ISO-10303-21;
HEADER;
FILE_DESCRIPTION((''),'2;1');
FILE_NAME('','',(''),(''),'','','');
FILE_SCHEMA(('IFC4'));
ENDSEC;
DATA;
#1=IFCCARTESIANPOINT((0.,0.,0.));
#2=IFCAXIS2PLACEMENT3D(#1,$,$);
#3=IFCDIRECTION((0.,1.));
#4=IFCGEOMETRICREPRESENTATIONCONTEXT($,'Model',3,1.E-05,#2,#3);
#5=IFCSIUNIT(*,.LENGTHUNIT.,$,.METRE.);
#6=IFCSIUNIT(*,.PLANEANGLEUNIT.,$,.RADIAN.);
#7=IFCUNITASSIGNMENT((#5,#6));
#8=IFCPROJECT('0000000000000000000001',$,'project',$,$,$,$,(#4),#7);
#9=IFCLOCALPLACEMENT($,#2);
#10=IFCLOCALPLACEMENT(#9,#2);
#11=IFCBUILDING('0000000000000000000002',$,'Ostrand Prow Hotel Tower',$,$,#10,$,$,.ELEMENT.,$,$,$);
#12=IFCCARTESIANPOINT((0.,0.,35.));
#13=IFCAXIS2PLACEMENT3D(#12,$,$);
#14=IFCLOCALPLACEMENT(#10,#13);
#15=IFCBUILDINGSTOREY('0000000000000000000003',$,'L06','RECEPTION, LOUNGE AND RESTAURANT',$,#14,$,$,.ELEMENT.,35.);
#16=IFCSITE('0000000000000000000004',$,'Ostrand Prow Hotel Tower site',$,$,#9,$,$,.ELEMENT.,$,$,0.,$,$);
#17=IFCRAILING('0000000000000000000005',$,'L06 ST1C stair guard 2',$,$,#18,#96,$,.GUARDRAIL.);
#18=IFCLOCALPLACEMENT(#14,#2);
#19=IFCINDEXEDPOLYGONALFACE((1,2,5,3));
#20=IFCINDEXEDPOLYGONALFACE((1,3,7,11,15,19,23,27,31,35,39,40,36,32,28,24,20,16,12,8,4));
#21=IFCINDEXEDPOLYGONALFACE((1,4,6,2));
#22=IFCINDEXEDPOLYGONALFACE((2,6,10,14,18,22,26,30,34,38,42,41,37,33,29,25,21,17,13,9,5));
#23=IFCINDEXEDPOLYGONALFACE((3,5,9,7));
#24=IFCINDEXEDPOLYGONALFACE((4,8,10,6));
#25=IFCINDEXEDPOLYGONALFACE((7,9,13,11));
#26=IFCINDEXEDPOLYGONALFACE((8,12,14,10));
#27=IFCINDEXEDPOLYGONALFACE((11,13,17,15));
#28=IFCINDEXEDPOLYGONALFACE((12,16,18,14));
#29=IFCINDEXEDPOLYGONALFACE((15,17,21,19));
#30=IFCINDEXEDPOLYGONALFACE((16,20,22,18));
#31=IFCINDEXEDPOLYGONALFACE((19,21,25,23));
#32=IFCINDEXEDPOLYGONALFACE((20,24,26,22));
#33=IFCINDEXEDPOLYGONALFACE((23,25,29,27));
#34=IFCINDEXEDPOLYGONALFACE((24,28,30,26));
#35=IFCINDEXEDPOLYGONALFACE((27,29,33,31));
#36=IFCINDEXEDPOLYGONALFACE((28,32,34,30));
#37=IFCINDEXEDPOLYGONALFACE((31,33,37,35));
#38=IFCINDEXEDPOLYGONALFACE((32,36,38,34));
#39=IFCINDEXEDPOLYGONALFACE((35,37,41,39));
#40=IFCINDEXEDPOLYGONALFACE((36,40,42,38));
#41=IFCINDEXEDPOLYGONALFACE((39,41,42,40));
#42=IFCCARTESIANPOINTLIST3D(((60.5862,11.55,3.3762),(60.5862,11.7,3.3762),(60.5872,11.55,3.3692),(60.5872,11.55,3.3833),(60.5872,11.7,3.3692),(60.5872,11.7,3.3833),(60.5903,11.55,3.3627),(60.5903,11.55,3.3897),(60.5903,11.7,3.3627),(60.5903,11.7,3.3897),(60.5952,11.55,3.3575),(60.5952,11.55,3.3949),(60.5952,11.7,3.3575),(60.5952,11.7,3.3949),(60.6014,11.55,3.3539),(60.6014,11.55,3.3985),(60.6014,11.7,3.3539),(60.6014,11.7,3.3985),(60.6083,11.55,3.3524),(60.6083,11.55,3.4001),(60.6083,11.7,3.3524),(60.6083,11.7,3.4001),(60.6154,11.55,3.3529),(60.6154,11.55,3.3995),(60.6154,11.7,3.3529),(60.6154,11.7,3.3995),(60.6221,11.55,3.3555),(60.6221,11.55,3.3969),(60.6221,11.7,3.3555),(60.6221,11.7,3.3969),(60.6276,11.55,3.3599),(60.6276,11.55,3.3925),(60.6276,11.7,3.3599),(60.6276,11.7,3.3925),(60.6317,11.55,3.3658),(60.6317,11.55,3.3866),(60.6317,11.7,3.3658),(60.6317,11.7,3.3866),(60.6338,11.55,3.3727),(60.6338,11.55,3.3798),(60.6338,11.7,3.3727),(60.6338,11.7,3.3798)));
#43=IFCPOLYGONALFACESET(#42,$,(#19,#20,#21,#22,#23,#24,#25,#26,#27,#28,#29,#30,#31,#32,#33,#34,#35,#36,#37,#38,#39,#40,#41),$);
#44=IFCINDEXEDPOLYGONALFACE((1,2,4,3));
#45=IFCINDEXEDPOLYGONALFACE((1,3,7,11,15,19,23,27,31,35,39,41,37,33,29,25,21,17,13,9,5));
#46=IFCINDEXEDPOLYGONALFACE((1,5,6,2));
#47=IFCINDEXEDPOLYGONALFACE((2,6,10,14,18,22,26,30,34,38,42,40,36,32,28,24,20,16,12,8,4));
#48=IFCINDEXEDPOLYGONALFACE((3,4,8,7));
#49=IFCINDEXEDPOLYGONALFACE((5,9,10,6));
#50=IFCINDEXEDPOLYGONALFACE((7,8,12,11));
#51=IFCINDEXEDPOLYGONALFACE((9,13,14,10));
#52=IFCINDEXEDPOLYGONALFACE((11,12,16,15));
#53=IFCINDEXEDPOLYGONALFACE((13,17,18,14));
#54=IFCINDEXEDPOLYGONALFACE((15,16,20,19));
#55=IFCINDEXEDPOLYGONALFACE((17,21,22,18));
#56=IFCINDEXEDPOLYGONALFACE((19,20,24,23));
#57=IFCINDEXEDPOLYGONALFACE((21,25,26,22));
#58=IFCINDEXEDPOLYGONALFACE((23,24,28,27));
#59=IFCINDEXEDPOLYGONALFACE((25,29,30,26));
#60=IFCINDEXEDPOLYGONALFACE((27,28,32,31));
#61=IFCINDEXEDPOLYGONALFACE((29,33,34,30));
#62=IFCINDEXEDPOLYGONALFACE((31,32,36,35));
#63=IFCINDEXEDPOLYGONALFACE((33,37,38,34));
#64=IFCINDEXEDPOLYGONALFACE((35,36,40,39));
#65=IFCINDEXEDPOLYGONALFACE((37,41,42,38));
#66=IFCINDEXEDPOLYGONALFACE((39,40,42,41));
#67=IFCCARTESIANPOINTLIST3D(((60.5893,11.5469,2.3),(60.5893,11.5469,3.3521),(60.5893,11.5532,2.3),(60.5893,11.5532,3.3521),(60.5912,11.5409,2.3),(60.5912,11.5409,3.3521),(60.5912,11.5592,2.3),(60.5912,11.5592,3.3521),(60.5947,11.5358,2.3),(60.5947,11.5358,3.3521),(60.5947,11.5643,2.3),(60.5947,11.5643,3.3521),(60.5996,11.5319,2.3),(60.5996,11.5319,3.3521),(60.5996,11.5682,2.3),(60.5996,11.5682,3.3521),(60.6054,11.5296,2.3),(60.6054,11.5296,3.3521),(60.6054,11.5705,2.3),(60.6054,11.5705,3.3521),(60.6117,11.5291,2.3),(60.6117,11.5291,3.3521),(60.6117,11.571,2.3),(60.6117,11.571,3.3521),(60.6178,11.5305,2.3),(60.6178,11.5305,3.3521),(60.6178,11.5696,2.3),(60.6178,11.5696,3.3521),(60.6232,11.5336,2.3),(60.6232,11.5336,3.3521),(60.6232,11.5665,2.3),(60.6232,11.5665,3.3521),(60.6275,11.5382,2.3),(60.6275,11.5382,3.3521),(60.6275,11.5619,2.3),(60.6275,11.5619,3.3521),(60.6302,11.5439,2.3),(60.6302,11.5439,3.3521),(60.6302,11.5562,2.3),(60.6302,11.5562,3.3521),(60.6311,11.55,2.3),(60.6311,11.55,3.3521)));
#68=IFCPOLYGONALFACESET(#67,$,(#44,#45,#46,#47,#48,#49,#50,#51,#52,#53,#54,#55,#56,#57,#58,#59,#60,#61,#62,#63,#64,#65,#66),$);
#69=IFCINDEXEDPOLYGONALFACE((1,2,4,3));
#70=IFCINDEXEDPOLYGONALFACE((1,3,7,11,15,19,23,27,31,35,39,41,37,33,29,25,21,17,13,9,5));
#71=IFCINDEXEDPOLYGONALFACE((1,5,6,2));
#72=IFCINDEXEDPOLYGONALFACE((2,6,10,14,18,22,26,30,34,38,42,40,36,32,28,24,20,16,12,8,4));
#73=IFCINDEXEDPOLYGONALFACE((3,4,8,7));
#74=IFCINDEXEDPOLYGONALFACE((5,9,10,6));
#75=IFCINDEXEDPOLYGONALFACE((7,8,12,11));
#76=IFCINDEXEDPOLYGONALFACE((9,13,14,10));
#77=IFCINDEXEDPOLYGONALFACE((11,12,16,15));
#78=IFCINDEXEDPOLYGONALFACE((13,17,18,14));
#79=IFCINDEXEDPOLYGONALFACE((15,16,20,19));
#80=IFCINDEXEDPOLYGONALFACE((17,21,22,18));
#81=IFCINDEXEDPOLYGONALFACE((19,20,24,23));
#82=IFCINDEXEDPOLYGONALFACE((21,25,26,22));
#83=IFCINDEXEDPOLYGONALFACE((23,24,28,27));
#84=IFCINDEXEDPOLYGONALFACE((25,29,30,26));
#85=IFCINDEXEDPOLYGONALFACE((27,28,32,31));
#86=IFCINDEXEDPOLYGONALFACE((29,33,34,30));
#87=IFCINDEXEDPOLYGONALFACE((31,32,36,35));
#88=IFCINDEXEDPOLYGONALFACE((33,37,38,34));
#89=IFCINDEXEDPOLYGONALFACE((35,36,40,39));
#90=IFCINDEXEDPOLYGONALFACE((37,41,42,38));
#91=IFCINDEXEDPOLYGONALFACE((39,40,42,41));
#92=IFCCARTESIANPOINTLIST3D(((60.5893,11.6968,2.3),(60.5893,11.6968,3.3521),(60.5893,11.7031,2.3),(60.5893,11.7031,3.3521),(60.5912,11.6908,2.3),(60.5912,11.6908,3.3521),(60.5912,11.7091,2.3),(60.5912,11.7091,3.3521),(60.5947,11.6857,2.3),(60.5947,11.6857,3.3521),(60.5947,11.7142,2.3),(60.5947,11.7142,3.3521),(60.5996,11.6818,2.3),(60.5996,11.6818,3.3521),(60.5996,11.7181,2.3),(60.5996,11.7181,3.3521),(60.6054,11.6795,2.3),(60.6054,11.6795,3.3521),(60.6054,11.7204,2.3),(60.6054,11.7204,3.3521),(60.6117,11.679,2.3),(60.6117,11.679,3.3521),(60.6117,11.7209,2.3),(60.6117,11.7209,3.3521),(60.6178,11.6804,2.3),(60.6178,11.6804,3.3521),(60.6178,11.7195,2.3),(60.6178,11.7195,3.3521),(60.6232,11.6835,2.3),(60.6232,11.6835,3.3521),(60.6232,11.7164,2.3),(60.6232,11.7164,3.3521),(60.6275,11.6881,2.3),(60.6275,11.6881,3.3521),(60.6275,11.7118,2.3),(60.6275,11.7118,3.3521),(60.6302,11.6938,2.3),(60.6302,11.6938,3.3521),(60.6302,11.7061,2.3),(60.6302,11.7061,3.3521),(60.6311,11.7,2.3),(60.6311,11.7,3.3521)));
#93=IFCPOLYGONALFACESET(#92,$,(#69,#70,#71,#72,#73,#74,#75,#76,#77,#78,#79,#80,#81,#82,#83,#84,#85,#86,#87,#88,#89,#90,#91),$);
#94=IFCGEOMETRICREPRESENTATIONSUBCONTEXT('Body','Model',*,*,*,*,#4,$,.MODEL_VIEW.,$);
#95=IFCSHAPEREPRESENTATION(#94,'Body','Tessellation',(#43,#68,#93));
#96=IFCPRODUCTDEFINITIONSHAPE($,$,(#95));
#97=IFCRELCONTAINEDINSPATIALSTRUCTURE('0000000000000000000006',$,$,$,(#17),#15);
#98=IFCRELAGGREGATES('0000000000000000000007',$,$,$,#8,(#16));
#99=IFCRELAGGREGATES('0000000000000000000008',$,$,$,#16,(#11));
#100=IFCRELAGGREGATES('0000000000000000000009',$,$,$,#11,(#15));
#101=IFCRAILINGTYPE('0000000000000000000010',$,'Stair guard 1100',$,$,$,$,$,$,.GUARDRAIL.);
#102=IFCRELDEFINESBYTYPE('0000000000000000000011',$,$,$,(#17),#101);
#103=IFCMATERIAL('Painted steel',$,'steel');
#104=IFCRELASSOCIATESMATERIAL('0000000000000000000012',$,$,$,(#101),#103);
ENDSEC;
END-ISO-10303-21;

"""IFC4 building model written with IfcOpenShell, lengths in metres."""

from ifc_helpers import new_model, si_unit, direction, frame, origin, origin_2d, place, context, subcontext, project, spatial, circle, extrude, material, type_object, element, save


model = new_model("IFC4")

# Units and contexts
model_context = context("Model", 3, precision=1e-05, world=origin(), true_north=direction((0.0, 1.0)))
body_context = subcontext(model_context, "Body", "Model", "MODEL_VIEW")
ifc_project = project(units=[si_unit("LENGTHUNIT", "METRE"), si_unit("PLANEANGLEUNIT", "RADIAN")], contexts=[model_context])

# Site, building, storey
site_placement = place(None, origin())
site = spatial("IfcSite", under=ifc_project, at=site_placement, Name="Ostrand Prow Hotel Tower site", CompositionType="ELEMENT", RefElevation=0.0)
building_placement = place(site_placement, origin())
building = spatial("IfcBuilding", under=site, at=building_placement, Name="Ostrand Prow Hotel Tower", CompositionType="ELEMENT")
storey_placement = place(building_placement, frame((0.0, 0.0, 35.0)))
storey = spatial("IfcBuildingStorey", under=building, at=storey_placement, Name="L06", Description="RECEPTION, LOUNGE AND RESTAURANT", CompositionType="ELEMENT", Elevation=35.0)

# Railing
ifc_material_1 = material(Name="Painted steel", Category="steel")
railing_type_1 = type_object("IfcRailingType", Name="Stair guard 1100", PredefinedType="GUARDRAIL", material=ifc_material_1)
railing_1_placement = place(storey_placement, frame((60.6101, 11.55, 2.3)))
element("IfcRailing", 1, at=railing_1_placement, inside=storey, type_object=railing_type_1, Name="L06 ST1C stair guard 2", PredefinedType="GUARDRAIL", context=body_context, shape_type="SweptSolid", body=[
    extrude(circle(Radius=0.0239, at=origin_2d()), frame((0.0, 0.0, 1.0762), z_axis=(0.0, 1.0, 0.0), x_axis=(-1.0, 0.0, 0.0)), (0.0, 0.0, 1.0), 0.1499),
    extrude(circle(Radius=0.021, at=origin_2d()), origin(), (0.0, 0.0, 1.0), 1.052),
    extrude(circle(Radius=0.021, at=origin_2d()), frame((0.0, 0.1499, 0.0)), (0.0, 0.0, 1.0), 1.052),
])

save(model, "model.ifc")
